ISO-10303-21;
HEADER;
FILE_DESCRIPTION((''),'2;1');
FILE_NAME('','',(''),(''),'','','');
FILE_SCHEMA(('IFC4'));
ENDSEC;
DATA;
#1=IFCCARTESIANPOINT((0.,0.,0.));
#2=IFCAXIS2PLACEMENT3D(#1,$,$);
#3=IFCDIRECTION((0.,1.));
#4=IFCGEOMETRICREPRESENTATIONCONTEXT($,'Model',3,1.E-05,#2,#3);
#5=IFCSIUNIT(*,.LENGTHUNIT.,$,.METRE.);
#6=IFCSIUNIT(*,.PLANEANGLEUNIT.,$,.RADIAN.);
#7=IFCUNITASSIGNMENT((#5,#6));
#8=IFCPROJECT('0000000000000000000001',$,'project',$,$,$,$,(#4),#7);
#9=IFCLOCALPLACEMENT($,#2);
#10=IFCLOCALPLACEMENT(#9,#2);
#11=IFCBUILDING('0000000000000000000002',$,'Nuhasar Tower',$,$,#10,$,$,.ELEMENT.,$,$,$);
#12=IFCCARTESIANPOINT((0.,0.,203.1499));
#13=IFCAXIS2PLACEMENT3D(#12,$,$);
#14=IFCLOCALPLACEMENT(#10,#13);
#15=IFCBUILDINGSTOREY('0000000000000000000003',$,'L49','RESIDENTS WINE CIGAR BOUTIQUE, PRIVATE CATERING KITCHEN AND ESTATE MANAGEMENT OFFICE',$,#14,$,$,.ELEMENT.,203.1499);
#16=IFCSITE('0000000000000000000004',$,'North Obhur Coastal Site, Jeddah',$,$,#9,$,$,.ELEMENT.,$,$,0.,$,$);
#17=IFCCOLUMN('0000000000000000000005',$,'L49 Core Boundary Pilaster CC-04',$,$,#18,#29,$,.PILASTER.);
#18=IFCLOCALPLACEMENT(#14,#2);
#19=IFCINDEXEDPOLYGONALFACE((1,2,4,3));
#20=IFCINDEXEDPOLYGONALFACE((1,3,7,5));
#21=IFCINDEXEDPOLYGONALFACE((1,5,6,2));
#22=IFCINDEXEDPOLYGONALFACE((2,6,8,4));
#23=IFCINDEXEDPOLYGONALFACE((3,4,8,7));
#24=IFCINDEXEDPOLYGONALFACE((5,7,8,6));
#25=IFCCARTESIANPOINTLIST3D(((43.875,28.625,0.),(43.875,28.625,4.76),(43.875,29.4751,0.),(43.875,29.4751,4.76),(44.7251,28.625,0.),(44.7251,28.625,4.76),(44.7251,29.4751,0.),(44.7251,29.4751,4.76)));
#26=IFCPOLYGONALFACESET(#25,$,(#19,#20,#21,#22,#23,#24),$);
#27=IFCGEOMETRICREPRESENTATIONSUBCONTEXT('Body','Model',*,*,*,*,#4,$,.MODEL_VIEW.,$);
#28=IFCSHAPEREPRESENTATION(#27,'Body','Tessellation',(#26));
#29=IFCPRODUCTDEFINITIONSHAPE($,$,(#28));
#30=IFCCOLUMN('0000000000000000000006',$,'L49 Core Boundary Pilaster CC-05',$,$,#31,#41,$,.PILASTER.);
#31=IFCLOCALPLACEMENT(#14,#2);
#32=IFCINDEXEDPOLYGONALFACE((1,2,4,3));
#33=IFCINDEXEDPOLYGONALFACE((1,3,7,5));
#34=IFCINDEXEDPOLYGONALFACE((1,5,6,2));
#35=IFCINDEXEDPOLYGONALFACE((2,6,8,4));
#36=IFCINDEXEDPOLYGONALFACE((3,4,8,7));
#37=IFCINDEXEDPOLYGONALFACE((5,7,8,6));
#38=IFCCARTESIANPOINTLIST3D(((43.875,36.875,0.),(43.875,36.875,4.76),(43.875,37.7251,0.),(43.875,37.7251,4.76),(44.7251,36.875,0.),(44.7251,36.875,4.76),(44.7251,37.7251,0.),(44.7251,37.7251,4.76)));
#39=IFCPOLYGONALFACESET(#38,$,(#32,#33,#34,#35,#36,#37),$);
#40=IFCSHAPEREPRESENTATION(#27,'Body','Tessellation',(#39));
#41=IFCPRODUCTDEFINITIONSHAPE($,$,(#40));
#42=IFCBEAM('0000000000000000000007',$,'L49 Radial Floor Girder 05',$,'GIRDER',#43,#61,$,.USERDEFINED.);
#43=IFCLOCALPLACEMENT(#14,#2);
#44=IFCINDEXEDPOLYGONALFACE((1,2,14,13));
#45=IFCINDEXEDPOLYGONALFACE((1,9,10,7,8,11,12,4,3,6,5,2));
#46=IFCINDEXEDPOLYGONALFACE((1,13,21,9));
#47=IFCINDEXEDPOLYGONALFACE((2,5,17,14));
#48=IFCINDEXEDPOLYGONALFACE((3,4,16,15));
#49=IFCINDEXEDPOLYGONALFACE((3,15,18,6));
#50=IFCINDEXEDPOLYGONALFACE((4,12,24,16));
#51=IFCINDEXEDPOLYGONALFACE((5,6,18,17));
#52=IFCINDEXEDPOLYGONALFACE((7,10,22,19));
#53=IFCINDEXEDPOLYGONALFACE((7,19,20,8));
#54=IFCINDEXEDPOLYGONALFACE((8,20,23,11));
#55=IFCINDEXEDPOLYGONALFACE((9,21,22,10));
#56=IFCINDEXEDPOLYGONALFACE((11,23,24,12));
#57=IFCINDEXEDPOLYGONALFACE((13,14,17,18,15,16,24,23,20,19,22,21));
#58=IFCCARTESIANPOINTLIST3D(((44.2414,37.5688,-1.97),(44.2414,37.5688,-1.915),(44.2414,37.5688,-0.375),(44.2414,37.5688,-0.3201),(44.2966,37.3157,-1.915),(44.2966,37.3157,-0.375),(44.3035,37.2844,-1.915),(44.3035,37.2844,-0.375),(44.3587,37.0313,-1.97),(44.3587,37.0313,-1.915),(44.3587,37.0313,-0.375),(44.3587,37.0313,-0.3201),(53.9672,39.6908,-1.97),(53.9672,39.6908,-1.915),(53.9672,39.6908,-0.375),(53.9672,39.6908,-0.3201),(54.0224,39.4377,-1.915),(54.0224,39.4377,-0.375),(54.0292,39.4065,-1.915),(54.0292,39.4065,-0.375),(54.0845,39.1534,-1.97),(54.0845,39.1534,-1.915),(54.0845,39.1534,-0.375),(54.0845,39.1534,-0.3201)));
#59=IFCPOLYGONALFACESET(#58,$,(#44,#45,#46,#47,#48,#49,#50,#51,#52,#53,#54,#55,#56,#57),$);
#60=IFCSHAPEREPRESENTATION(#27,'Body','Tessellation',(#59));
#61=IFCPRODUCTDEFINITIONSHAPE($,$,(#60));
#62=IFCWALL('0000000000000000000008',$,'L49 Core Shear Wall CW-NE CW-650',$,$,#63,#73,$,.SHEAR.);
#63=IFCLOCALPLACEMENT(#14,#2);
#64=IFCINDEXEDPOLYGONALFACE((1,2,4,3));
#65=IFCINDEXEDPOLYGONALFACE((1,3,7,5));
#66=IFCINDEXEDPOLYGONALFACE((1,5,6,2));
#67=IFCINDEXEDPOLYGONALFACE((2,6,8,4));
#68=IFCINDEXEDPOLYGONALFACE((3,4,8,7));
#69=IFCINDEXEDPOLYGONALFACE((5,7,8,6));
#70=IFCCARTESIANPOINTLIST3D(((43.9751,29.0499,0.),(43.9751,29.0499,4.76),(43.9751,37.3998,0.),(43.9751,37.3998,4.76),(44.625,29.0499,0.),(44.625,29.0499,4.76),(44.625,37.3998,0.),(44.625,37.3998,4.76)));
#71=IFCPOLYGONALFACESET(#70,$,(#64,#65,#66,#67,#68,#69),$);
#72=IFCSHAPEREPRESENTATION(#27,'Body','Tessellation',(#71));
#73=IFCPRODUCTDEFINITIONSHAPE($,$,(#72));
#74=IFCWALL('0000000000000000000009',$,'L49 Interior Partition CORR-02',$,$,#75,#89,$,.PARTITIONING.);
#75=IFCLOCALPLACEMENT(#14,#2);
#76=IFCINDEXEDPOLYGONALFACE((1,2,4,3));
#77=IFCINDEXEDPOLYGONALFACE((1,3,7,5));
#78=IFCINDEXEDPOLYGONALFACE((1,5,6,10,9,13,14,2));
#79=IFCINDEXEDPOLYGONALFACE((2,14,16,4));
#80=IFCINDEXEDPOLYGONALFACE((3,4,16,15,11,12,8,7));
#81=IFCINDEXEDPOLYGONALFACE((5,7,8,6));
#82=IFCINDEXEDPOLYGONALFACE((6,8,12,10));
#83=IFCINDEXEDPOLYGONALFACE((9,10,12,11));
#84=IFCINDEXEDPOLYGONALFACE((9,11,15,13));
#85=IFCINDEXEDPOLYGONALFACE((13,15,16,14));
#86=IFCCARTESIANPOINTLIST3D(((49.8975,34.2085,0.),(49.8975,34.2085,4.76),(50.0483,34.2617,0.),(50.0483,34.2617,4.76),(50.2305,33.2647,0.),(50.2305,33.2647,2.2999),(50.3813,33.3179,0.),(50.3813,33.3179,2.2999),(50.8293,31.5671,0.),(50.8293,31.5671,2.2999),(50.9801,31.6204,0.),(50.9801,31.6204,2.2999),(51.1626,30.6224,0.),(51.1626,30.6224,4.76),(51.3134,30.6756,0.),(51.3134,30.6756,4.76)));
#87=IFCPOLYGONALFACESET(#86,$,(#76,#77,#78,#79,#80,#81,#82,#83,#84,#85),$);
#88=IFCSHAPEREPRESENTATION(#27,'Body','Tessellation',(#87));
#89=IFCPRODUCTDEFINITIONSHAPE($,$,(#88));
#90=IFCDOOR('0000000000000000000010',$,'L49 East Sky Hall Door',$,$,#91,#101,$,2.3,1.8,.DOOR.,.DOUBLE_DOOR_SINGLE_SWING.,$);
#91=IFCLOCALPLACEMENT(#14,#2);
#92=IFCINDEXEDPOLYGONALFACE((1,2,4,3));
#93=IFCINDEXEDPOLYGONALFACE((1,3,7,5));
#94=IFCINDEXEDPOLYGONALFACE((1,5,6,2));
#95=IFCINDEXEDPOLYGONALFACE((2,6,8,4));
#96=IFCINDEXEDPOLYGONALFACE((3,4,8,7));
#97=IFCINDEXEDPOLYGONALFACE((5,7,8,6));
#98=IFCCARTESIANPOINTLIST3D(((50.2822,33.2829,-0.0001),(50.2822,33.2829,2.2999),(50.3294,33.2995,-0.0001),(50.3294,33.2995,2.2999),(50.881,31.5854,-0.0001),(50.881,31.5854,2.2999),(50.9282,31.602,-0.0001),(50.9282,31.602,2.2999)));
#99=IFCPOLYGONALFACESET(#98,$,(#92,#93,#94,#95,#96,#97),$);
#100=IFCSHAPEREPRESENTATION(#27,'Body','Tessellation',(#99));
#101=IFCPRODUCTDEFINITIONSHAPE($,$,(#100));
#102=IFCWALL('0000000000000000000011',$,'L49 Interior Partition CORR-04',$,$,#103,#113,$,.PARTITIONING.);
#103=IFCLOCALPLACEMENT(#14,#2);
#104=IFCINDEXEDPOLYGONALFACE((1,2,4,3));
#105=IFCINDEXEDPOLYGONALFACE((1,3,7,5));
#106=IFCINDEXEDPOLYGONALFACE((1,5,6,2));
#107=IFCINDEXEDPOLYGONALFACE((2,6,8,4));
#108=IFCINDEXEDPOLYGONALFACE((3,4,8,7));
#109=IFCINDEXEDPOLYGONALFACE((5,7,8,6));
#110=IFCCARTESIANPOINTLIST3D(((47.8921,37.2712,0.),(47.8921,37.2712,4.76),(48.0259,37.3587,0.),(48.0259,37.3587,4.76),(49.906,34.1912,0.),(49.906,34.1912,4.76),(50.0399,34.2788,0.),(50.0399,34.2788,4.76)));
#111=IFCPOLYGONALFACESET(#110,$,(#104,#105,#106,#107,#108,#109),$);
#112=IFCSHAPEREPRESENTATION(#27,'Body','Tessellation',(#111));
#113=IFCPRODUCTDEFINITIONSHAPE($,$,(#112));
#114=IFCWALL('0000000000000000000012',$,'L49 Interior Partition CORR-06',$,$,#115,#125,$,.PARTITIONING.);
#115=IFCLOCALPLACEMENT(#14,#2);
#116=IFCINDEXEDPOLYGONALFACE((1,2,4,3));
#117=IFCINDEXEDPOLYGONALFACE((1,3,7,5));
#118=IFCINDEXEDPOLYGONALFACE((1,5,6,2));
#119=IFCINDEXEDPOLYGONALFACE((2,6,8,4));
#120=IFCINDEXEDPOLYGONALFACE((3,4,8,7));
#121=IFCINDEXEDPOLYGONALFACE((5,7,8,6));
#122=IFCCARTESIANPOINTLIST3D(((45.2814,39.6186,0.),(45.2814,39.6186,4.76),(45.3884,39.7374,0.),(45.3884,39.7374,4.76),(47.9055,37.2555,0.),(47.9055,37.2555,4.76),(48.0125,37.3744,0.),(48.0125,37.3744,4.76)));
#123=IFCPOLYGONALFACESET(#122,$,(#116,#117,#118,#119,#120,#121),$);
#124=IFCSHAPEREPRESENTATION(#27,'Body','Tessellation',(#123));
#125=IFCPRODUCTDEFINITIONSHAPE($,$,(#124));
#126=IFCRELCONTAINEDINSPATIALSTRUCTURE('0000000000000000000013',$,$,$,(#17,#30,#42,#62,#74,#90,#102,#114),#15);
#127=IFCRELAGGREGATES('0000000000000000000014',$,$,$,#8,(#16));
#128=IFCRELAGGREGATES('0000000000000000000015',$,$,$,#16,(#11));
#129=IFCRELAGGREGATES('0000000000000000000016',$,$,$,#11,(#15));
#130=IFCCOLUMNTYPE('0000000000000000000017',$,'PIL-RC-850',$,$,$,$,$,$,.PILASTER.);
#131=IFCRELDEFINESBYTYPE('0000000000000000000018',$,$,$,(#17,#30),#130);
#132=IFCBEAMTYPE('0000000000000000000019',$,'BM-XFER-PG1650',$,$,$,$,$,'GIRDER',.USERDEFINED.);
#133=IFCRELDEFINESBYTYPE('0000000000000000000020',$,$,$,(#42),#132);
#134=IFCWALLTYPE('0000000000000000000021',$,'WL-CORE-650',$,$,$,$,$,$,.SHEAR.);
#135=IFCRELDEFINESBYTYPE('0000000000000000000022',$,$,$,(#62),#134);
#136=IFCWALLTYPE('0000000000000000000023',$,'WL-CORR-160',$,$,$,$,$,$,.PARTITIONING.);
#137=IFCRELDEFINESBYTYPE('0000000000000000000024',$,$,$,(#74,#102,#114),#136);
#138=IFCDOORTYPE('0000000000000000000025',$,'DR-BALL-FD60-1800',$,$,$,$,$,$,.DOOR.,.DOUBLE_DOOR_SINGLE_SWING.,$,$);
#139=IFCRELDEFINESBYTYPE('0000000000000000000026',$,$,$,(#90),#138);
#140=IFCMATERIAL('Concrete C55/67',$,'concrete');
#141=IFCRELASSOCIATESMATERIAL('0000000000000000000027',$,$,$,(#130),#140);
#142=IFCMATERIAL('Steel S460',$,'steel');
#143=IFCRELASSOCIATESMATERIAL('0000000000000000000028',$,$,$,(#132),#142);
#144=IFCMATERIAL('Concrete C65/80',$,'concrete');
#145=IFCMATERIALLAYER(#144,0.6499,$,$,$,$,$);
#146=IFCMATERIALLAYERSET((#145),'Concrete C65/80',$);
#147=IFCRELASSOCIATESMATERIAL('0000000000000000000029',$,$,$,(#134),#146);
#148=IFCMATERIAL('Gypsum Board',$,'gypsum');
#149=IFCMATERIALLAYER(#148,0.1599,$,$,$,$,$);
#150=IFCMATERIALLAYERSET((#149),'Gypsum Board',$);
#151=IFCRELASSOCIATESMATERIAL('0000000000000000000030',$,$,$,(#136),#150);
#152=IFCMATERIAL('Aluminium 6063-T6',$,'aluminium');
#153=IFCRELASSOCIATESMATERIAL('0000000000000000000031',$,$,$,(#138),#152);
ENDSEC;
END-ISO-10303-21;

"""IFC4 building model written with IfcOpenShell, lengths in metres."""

from ifc_helpers import new_model, si_unit, direction, frame, frame_2d, origin, origin_2d, place, context, subcontext, project, spatial, rectangle, i_section, extrude, material, layer, layer_set, material_profile, profile_set, type_object, element, fill, save


model = new_model("IFC4")

# Units and contexts
model_context = context("Model", 3, precision=1e-05, world=origin(), true_north=direction((0.0, 1.0)))
body_context = subcontext(model_context, "Body", "Model", "MODEL_VIEW")
ifc_project = project(units=[si_unit("LENGTHUNIT", "METRE"), si_unit("PLANEANGLEUNIT", "RADIAN")], contexts=[model_context])

# Site, building, storey
site_placement = place(None, origin())
site = spatial("IfcSite", under=ifc_project, at=site_placement, Name="North Obhur Coastal Site, Jeddah", CompositionType="ELEMENT", RefElevation=0.0)
building_placement = place(site_placement, origin())
building = spatial("IfcBuilding", under=site, at=building_placement, Name="Nuhasar Tower", CompositionType="ELEMENT")
storey_placement = place(building_placement, frame((0.0, 0.0, 203.1499)))
storey = spatial("IfcBuildingStorey", under=building, at=storey_placement, Name="L49", Description="RESIDENTS WINE CIGAR BOUTIQUE, PRIVATE CATERING KITCHEN AND ESTATE MANAGEMENT OFFICE", CompositionType="ELEMENT", Elevation=203.1499)

# Columns
ifc_material_1 = material(Name="Concrete C55/67", Category="concrete")
ifc_material_profile_1 = material_profile(ifc_material_1, rectangle(XDim=0.8501, YDim=0.8501, at=origin_2d()), Name="RC850X850")
ifc_profile_set_1 = profile_set([ifc_material_profile_1], Name="Concrete C55/67")
column_type = type_object("IfcColumnType", Name="PIL-RC-850", PredefinedType="PILASTER", material=ifc_profile_set_1)
for number, where, z_axis, x_axis, name in (
    (1, (44.3, 29.05, 0.0), (0.0, 0.0, 1.0), (1.0, 0.0, 0.0), "L49 Core Boundary Pilaster CC-04"),
    (2, (44.3, 37.3, 0.0), (0.0, 0.0, 1.0), (1.0, 0.0, 0.0), "L49 Core Boundary Pilaster CC-05"),
):
    element("IfcColumn", number, at=place(storey_placement, frame(where, z_axis=z_axis, x_axis=x_axis)), inside=storey, type_object=column_type, Name=name, PredefinedType="PILASTER", context=body_context, shape_type="SweptSolid", body=[
        extrude(rectangle(XDim=0.8501, YDim=0.8501, at=origin_2d()), origin(), (0.0, 0.0, 1.0), 4.76),
    ])

# Beam
ifc_material_2 = material(Name="Steel S460", Category="steel")
ifc_material_profile_2 = material_profile(ifc_material_2, i_section(OverallWidth=0.55, OverallDepth=1.6499, WebThickness=0.032, FlangeThickness=0.0549, at=origin_2d()), Name="PG1650X550")
ifc_profile_set_2 = profile_set([ifc_material_profile_2], Name="Steel S460")
beam_type = type_object("IfcBeamType", Name="BM-XFER-PG1650", ElementType="GIRDER", PredefinedType="USERDEFINED", material=ifc_profile_set_2)
beam_placement = place(storey_placement, frame((44.3, 37.3, -1.145), z_axis=(0.977014, 0.213174, 0.0), x_axis=(-0.213174, 0.977014, 0.0)))
element("IfcBeam", 3, at=beam_placement, inside=storey, type_object=beam_type, Name="L49 Radial Floor Girder 05", ObjectType="GIRDER", PredefinedType="USERDEFINED", context=body_context, shape_type="SweptSolid", body=[
    extrude(i_section(OverallWidth=0.55, OverallDepth=1.6499, WebThickness=0.032, FlangeThickness=0.0549, at=origin_2d()), origin(), (0.0, 0.0, 1.0), 9.9546),
])

# Wall
ifc_material_3 = material(Name="Concrete C65/80", Category="concrete")
ifc_layer_1 = layer(ifc_material_3, 0.6499)
ifc_layer_set_1 = layer_set([ifc_layer_1], Name="Concrete C65/80")
wall_type_1 = type_object("IfcWallType", Name="WL-CORE-650", PredefinedType="SHEAR", material=ifc_layer_set_1)
wall_1_placement = place(storey_placement, frame((44.3, 29.05, 0.0), z_axis=(0.0, 0.0, 1.0), x_axis=(0.0, 1.0, 0.0)))
element("IfcWall", 4, at=wall_1_placement, inside=storey, type_object=wall_type_1, Name="L49 Core Shear Wall CW-NE CW-650", PredefinedType="SHEAR", context=body_context, shape_type="SweptSolid", body=[
    extrude(rectangle(XDim=8.3499, YDim=0.6499, at=frame_2d((4.1748, 0.0))), origin(), (0.0, 0.0, 1.0), 4.76),
])

# Wall, opening, door
ifc_material_4 = material(Name="Gypsum Board", Category="gypsum")
ifc_layer_2 = layer(ifc_material_4, 0.1599)
ifc_layer_set_2 = layer_set([ifc_layer_2], Name="Gypsum Board")
wall_type_2 = type_object("IfcWallType", Name="WL-CORR-160", PredefinedType="PARTITIONING", material=ifc_layer_set_2)
wall_2_placement = place(storey_placement, frame((49.9729, 34.2351, 0.0), z_axis=(0.0, 0.0, 1.0), x_axis=(0.332686, -0.943038, 0.0)))
wall_2 = element("IfcWall", 5, at=wall_2_placement, inside=storey, type_object=wall_type_2, Name="L49 Interior Partition CORR-02", PredefinedType="PARTITIONING", context=body_context, shape_type="SweptSolid", body=[
    extrude(rectangle(XDim=3.8027, YDim=0.1599, at=frame_2d((1.9014, 0.0))), origin(), (0.0, 0.0, 1.0), 4.76),
])
opening_1_placement = place(wall_2_placement, frame((1.001, 0.0, 0.0)))
opening_1 = element("IfcOpeningElement", 6, at=opening_1_placement, cuts=wall_2, PredefinedType="OPENING", context=body_context, shape_type="SweptSolid", body=[
    extrude(rectangle(XDim=1.8, YDim=2.3, at=frame_2d((0.8999, 1.1499))), frame((0.0, 0.0898, 0.0), z_axis=(0.0, -1.0, 0.0), x_axis=(1.0, 0.0, 0.0)), (0.0, 0.0, 1.0), 0.1799),
])
ifc_material_5 = material(Name="Aluminium 6063-T6", Category="aluminium")
door_type_1 = type_object("IfcDoorType", Name="DR-BALL-FD60-1800", OperationType="DOUBLE_DOOR_SINGLE_SWING", PredefinedType="DOOR", material=ifc_material_5)
door_1_placement = place(opening_1_placement, origin())
door_1 = element("IfcDoor", 7, at=door_1_placement, inside=storey, type_object=door_type_1, Name="L49 East Sky Hall Door", OperationType="DOUBLE_DOOR_SINGLE_SWING", OverallHeight=2.3, OverallWidth=1.8, PredefinedType="DOOR", context=body_context, shape_type="SweptSolid", body=[
    extrude(rectangle(XDim=1.8, YDim=2.3, at=frame_2d((0.8999, 1.1499))), frame((0.0, 0.0249, 0.0), z_axis=(0.0, -1.0, 0.0), x_axis=(1.0, 0.0, 0.0)), (0.0, 0.0, 1.0), 0.05),
])
fill(opening_1, door_1)

# Walls
wall_3_placement = place(storey_placement, frame((49.9729, 34.2351, 0.0), z_axis=(0.0, 0.0, 1.0), x_axis=(-0.547283, 0.836947, 0.0)))
element("IfcWall", 8, at=wall_3_placement, inside=storey, type_object=wall_type_2, Name="L49 Interior Partition CORR-04", PredefinedType="PARTITIONING", context=body_context, shape_type="SweptSolid", body=[
    extrude(rectangle(XDim=3.6799, YDim=0.1599, at=frame_2d((1.8398, 0.0))), origin(), (0.0, 0.0, 1.0), 4.76),
])
wall_4_placement = place(storey_placement, frame((47.959, 37.3149, 0.0), z_axis=(0.0, 0.0, 1.0), x_axis=(-0.743095, 0.669186, 0.0)))
element("IfcWall", 9, at=wall_4_placement, inside=storey, type_object=wall_type_2, Name="L49 Interior Partition CORR-06", PredefinedType="PARTITIONING", context=body_context, shape_type="SweptSolid", body=[
    extrude(rectangle(XDim=3.5312, YDim=0.1599, at=frame_2d((1.7656, 0.0))), origin(), (0.0, 0.0, 1.0), 4.76),
])

save(model, "model.ifc")
